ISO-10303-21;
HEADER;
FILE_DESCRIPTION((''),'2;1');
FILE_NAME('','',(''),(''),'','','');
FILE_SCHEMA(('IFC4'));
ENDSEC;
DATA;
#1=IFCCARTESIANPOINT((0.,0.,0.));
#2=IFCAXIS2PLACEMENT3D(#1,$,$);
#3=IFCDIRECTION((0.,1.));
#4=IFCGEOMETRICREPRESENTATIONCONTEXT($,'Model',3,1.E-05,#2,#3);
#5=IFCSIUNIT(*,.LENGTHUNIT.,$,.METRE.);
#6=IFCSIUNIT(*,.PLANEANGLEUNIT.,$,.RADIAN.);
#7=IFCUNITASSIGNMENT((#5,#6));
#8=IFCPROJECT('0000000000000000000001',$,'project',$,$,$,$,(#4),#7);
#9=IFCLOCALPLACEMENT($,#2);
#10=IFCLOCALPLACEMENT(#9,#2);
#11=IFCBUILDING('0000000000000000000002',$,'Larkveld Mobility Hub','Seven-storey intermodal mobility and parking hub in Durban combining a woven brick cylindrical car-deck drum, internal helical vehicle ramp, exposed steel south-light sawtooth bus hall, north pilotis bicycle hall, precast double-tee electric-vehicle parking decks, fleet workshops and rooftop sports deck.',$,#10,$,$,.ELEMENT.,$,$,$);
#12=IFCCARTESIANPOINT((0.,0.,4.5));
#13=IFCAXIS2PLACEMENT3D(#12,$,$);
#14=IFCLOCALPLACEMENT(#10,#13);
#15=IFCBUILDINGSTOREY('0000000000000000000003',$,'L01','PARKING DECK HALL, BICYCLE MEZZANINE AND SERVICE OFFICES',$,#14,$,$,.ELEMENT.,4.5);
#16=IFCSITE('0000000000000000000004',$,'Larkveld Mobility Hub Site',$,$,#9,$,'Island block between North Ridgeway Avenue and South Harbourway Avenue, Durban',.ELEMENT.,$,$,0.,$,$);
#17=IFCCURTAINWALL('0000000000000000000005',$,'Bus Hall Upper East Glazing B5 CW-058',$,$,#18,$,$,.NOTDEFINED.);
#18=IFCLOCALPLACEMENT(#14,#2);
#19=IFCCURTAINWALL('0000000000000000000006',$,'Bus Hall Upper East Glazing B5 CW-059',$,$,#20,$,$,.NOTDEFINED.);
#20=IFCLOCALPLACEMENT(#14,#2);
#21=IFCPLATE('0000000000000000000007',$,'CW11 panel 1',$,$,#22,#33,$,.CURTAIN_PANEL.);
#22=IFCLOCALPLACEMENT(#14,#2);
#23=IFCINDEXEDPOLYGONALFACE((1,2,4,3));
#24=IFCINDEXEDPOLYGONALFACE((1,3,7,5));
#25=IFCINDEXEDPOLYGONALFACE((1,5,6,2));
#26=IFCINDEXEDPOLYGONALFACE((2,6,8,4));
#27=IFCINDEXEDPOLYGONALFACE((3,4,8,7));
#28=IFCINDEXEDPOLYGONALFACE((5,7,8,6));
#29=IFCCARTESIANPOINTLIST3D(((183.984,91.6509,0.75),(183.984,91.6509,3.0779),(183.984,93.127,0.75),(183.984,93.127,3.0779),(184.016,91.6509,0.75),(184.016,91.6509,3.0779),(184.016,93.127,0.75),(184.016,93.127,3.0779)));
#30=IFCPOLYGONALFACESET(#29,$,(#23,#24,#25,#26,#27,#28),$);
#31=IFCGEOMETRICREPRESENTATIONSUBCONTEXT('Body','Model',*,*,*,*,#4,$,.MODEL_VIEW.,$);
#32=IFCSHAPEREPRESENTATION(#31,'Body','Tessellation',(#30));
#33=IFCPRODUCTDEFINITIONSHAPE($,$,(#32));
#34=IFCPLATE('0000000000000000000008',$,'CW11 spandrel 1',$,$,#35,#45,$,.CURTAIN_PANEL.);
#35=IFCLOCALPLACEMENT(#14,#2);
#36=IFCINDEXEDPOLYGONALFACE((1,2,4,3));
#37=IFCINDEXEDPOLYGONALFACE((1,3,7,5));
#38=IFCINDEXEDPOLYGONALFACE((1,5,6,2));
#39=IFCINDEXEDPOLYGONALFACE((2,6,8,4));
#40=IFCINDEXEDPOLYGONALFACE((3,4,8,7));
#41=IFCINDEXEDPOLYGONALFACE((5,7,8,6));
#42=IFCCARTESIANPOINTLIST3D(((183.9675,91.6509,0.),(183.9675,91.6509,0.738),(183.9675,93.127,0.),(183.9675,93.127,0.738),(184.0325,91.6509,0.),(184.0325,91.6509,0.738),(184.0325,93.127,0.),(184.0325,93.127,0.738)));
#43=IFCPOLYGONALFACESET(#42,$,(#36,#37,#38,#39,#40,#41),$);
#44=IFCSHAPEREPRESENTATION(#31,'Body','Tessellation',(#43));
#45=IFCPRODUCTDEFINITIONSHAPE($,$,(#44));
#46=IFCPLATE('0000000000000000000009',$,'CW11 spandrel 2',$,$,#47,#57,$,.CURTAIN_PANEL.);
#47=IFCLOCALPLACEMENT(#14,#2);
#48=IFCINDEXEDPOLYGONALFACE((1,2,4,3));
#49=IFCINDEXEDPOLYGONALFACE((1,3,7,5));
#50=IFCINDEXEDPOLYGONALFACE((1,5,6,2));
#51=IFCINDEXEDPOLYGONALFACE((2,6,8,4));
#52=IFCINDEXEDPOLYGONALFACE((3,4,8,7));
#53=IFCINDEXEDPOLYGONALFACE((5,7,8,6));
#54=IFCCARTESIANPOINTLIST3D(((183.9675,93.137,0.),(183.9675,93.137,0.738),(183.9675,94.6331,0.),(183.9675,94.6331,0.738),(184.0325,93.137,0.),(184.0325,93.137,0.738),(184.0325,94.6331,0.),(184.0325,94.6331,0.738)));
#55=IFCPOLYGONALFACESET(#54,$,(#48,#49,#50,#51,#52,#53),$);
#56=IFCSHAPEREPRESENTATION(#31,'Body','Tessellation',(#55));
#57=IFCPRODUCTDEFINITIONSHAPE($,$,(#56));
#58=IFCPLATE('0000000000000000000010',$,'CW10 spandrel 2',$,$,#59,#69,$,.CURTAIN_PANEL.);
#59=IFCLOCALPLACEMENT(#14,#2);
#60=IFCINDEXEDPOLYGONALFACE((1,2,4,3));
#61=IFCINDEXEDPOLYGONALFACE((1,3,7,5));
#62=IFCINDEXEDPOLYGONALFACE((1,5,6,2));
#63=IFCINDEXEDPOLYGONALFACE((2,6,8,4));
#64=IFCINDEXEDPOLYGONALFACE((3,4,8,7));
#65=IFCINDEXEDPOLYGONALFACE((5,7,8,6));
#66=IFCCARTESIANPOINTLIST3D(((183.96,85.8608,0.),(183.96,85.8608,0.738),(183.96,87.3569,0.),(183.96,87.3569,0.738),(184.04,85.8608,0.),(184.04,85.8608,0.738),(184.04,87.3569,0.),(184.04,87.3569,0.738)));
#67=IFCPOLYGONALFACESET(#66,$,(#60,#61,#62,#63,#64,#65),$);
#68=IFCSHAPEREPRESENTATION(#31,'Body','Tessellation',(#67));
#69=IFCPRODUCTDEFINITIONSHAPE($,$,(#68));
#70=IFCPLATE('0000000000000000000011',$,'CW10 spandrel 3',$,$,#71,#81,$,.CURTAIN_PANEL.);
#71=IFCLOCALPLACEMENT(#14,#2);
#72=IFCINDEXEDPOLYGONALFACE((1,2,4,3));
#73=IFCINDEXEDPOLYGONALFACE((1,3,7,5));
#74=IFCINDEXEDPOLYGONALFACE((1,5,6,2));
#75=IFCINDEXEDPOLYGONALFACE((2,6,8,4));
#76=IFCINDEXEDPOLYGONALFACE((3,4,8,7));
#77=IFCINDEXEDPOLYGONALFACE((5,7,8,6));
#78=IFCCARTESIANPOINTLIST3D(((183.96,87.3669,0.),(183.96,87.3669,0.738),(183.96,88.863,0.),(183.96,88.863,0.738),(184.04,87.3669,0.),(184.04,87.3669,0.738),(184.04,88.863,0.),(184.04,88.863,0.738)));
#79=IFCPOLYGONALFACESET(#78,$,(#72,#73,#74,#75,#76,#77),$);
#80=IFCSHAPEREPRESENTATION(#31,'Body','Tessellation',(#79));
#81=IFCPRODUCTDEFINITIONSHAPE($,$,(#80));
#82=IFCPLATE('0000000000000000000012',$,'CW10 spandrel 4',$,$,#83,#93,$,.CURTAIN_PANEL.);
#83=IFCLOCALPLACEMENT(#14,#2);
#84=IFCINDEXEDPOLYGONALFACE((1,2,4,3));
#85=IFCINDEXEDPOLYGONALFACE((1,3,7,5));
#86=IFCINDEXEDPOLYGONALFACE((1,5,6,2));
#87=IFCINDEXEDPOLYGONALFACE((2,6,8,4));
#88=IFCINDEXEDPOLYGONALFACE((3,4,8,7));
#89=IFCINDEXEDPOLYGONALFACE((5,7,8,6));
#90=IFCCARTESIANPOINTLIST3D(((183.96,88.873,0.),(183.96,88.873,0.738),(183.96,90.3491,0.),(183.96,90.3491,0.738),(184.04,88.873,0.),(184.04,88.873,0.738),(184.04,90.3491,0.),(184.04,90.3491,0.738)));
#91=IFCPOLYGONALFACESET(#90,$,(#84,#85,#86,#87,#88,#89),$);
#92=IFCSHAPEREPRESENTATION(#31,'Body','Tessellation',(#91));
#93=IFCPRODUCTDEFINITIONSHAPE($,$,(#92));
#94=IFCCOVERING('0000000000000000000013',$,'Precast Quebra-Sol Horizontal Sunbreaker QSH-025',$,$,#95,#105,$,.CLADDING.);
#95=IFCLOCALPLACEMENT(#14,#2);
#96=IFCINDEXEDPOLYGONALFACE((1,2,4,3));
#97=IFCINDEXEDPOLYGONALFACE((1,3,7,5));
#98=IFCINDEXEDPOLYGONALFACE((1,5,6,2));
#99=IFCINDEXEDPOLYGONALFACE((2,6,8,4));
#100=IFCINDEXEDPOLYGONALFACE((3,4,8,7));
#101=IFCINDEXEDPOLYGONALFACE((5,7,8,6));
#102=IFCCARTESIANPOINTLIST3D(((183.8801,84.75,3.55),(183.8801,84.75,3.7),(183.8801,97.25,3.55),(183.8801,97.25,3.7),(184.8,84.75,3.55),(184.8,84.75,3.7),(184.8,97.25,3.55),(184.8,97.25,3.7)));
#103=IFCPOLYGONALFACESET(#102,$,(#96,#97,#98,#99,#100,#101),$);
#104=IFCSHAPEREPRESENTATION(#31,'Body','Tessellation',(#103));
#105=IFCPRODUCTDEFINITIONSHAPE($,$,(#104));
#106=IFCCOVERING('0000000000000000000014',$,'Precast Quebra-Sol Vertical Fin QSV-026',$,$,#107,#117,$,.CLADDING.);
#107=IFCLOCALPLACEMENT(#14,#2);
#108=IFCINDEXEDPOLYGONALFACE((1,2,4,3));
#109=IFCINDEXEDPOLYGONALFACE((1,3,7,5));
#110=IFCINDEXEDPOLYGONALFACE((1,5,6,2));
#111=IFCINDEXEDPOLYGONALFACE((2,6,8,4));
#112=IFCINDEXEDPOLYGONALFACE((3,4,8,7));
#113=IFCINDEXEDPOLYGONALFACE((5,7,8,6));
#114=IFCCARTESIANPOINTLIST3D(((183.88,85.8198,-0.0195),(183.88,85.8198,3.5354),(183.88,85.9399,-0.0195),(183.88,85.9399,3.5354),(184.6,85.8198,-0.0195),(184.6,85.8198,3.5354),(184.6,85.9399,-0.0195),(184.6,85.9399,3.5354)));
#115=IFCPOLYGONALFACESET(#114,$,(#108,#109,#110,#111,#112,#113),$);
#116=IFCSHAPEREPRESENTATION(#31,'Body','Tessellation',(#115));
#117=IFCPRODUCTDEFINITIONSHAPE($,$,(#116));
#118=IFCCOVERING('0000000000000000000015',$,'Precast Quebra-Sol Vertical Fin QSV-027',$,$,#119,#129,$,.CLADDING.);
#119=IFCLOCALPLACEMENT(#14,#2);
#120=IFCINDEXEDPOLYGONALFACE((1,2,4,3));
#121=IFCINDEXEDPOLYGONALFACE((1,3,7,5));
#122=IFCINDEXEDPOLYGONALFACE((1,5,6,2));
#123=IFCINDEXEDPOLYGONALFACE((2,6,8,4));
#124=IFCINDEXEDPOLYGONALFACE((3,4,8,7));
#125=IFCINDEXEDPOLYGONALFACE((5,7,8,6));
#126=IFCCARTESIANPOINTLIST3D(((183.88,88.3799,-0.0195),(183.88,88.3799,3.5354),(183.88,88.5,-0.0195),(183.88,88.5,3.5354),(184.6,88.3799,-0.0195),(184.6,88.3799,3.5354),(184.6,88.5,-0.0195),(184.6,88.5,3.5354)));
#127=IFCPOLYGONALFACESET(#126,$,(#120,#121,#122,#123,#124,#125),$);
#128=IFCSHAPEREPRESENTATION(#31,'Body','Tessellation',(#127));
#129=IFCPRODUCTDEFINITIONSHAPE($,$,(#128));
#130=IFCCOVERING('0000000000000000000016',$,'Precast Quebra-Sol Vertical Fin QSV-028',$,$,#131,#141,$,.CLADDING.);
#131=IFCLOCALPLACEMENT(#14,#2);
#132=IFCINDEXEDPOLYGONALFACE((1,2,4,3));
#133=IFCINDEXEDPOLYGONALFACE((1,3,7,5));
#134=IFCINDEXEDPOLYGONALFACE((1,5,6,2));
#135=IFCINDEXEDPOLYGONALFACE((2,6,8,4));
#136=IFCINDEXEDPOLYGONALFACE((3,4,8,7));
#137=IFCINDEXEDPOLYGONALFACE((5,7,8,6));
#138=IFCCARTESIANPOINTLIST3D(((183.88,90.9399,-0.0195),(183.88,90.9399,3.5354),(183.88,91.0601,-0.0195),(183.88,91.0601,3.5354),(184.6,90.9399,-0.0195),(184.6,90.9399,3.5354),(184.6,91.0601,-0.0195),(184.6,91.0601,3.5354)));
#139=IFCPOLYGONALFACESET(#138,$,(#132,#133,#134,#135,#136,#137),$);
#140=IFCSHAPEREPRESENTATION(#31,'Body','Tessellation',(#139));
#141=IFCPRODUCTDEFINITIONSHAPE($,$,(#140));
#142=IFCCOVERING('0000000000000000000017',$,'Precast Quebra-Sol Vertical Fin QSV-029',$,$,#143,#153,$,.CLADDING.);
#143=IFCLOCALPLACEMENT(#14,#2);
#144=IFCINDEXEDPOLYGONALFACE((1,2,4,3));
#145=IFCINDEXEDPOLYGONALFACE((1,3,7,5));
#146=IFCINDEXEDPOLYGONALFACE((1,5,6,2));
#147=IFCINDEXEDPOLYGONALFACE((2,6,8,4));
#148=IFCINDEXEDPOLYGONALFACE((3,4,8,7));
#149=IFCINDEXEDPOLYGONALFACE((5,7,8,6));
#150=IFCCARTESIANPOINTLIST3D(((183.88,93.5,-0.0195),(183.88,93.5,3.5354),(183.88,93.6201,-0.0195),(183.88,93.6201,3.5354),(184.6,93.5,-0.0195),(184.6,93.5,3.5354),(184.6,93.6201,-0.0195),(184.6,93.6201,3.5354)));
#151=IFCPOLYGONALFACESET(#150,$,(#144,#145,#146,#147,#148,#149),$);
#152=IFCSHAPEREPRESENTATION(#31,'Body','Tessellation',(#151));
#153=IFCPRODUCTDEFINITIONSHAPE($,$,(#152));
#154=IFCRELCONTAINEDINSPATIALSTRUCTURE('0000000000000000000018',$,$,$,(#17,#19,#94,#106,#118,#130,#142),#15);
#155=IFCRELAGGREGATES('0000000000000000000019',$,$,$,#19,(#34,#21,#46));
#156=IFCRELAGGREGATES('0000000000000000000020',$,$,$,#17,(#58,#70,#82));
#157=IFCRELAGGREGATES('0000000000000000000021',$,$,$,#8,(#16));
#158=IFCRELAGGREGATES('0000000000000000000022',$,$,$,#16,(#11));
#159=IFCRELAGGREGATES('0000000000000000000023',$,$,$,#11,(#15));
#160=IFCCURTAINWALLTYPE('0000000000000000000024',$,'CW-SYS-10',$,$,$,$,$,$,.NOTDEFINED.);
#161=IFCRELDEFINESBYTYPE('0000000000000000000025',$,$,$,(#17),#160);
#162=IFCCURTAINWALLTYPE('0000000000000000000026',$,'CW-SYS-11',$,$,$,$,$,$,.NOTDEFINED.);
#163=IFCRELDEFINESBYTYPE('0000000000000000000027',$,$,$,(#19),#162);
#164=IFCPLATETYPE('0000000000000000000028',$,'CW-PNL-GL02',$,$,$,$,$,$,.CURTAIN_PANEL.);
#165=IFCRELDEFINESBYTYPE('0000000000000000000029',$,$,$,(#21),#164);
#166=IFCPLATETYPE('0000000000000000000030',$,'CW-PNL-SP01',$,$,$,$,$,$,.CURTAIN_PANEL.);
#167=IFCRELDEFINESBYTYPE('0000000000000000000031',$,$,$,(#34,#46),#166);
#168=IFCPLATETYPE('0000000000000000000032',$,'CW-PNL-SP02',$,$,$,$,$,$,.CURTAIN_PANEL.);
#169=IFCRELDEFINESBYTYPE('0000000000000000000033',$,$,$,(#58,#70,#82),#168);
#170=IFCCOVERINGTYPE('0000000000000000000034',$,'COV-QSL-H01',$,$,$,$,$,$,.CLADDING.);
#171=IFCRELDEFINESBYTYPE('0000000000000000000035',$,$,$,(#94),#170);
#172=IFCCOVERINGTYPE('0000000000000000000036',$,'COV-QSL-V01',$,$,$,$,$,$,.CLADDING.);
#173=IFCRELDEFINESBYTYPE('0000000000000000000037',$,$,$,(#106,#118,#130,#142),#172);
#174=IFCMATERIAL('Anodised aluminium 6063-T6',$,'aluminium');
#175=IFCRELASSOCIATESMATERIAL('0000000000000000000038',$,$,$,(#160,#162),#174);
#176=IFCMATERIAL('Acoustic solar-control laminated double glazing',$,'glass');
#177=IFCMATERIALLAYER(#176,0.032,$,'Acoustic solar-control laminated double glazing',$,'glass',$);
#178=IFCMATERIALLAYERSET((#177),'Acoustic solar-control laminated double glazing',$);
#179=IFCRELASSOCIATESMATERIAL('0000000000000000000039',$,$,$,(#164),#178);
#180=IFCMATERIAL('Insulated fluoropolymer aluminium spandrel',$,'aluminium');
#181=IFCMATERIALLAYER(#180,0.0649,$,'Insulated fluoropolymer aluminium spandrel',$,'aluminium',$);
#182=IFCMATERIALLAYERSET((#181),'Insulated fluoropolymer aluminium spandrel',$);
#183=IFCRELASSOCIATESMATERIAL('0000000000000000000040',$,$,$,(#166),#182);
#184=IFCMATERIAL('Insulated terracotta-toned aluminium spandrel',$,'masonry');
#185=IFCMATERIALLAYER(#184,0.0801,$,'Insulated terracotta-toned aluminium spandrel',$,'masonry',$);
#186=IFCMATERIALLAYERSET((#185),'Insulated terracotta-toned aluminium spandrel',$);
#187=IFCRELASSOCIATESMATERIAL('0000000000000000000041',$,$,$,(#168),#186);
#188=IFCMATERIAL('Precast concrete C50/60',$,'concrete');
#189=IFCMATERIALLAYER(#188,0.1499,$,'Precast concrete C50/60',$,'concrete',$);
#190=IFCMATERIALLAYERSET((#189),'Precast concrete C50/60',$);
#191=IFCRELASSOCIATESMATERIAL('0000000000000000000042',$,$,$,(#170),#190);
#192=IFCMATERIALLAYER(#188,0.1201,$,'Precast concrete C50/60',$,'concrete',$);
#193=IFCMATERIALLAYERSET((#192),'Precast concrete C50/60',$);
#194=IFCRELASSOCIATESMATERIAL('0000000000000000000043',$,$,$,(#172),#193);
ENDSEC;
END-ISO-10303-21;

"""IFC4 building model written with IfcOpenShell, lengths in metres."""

from ifc_helpers import new_model, si_unit, direction, frame, origin, origin_2d, place, context, subcontext, project, spatial, rectangle, extrude, material, layer, layer_set, type_object, element, aggregate, save


model = new_model("IFC4")

# Units and contexts
model_context = context("Model", 3, precision=1e-05, world=origin(), true_north=direction((0.0, 1.0)))
body_context = subcontext(model_context, "Body", "Model", "MODEL_VIEW")
ifc_project = project(units=[si_unit("LENGTHUNIT", "METRE"), si_unit("PLANEANGLEUNIT", "RADIAN")], contexts=[model_context])

# Site, building, storey
site_placement = place(None, origin())
site = spatial("IfcSite", under=ifc_project, at=site_placement, Name="Larkveld Mobility Hub Site", LongName="Island block between North Ridgeway Avenue and South Harbourway Avenue, Durban", CompositionType="ELEMENT", RefElevation=0.0)
building_placement = place(site_placement, origin())
building = spatial("IfcBuilding", under=site, at=building_placement, Name="Larkveld Mobility Hub", Description="Seven-storey intermodal mobility and parking hub in Durban combining a woven brick cylindrical car-deck drum, internal helical vehicle ramp, exposed steel south-light sawtooth bus hall, north pilotis bicycle hall, precast double-tee electric-vehicle parking decks, fleet workshops and rooftop sports deck.", CompositionType="ELEMENT")
storey_placement = place(building_placement, frame((0.0, 0.0, 4.5)))
storey = spatial("IfcBuildingStorey", under=building, at=storey_placement, Name="L01", Description="PARKING DECK HALL, BICYCLE MEZZANINE AND SERVICE OFFICES", CompositionType="ELEMENT", Elevation=4.5)

# Curtain walls
ifc_material_1 = material(Name="Anodised aluminium 6063-T6", Category="aluminium")
curtain_wall_type_1 = type_object("IfcCurtainWallType", Name="CW-SYS-10", PredefinedType="NOTDEFINED", material=ifc_material_1)
curtain_wall_1_placement = place(storey_placement, origin())
curtain_wall_1 = element("IfcCurtainWall", 1, at=curtain_wall_1_placement, inside=storey, type_object=curtain_wall_type_1, Name="Bus Hall Upper East Glazing B5 CW-058", PredefinedType="NOTDEFINED")
curtain_wall_type_2 = type_object("IfcCurtainWallType", Name="CW-SYS-11", PredefinedType="NOTDEFINED", material=ifc_material_1)
curtain_wall_2_placement = place(storey_placement, origin())
curtain_wall_2 = element("IfcCurtainWall", 2, at=curtain_wall_2_placement, inside=storey, type_object=curtain_wall_type_2, Name="Bus Hall Upper East Glazing B5 CW-059", PredefinedType="NOTDEFINED")

# Plates
ifc_material_2 = material(Name="Acoustic solar-control laminated double glazing", Category="glass")
ifc_layer_1 = layer(ifc_material_2, 0.032, Name="Acoustic solar-control laminated double glazing", Category="glass")
ifc_layer_set_1 = layer_set([ifc_layer_1], Name="Acoustic solar-control laminated double glazing")
plate_type_1 = type_object("IfcPlateType", Name="CW-PNL-GL02", PredefinedType="CURTAIN_PANEL", material=ifc_layer_set_1)
plate_1_placement = place(storey_placement, frame((184.0, 92.3889, 0.75), z_axis=(0.0, 0.0, 1.0), x_axis=(0.0, 1.0, 0.0)))
plate_1 = element("IfcPlate", 3, at=plate_1_placement, type_object=plate_type_1, Name="CW11 panel 1", PredefinedType="CURTAIN_PANEL", context=body_context, shape_type="SweptSolid", body=[
    extrude(rectangle(XDim=1.4761, YDim=0.032, at=origin_2d()), origin(), (0.0, 0.0, 1.0), 2.3279),
])
ifc_material_3 = material(Name="Insulated fluoropolymer aluminium spandrel", Category="aluminium")
ifc_layer_2 = layer(ifc_material_3, 0.0649, Name="Insulated fluoropolymer aluminium spandrel", Category="aluminium")
ifc_layer_set_2 = layer_set([ifc_layer_2], Name="Insulated fluoropolymer aluminium spandrel")
plate_type_2 = type_object("IfcPlateType", Name="CW-PNL-SP01", PredefinedType="CURTAIN_PANEL", material=ifc_layer_set_2)
plate_2_placement = place(storey_placement, frame((184.0, 92.3889, 0.0), z_axis=(0.0, 0.0, 1.0), x_axis=(0.0, 1.0, 0.0)))
plate_2 = element("IfcPlate", 4, at=plate_2_placement, type_object=plate_type_2, Name="CW11 spandrel 1", PredefinedType="CURTAIN_PANEL", context=body_context, shape_type="SweptSolid", body=[
    extrude(rectangle(XDim=1.4761, YDim=0.0649, at=origin_2d()), origin(), (0.0, 0.0, 1.0), 0.738),
])
plate_3_placement = place(storey_placement, frame((184.0, 93.885, 0.0), z_axis=(0.0, 0.0, 1.0), x_axis=(0.0, 1.0, 0.0)))
plate_3 = element("IfcPlate", 5, at=plate_3_placement, type_object=plate_type_2, Name="CW11 spandrel 2", PredefinedType="CURTAIN_PANEL", context=body_context, shape_type="SweptSolid", body=[
    extrude(rectangle(XDim=1.4961, YDim=0.0649, at=origin_2d()), origin(), (0.0, 0.0, 1.0), 0.738),
])
aggregate(curtain_wall_2, [plate_2, plate_1, plate_3])
ifc_material_4 = material(Name="Insulated terracotta-toned aluminium spandrel", Category="masonry")
ifc_layer_3 = layer(ifc_material_4, 0.0801, Name="Insulated terracotta-toned aluminium spandrel", Category="masonry")
ifc_layer_set_3 = layer_set([ifc_layer_3], Name="Insulated terracotta-toned aluminium spandrel")
plate_type_3 = type_object("IfcPlateType", Name="CW-PNL-SP02", PredefinedType="CURTAIN_PANEL", material=ifc_layer_set_3)
plate_4_placement = place(storey_placement, frame((184.0, 86.6089, 0.0), z_axis=(0.0, 0.0, 1.0), x_axis=(0.0, 1.0, 0.0)))
plate_4 = element("IfcPlate", 6, at=plate_4_placement, type_object=plate_type_3, Name="CW10 spandrel 2", PredefinedType="CURTAIN_PANEL", context=body_context, shape_type="SweptSolid", body=[
    extrude(rectangle(XDim=1.4961, YDim=0.0801, at=origin_2d()), origin(), (0.0, 0.0, 1.0), 0.738),
])
plate_5_placement = place(storey_placement, frame((184.0, 88.115, 0.0), z_axis=(0.0, 0.0, 1.0), x_axis=(0.0, 1.0, 0.0)))
plate_5 = element("IfcPlate", 7, at=plate_5_placement, type_object=plate_type_3, Name="CW10 spandrel 3", PredefinedType="CURTAIN_PANEL", context=body_context, shape_type="SweptSolid", body=[
    extrude(rectangle(XDim=1.4961, YDim=0.0801, at=origin_2d()), origin(), (0.0, 0.0, 1.0), 0.738),
])
plate_6_placement = place(storey_placement, frame((184.0, 89.6111, 0.0), z_axis=(0.0, 0.0, 1.0), x_axis=(0.0, 1.0, 0.0)))
plate_6 = element("IfcPlate", 8, at=plate_6_placement, type_object=plate_type_3, Name="CW10 spandrel 4", PredefinedType="CURTAIN_PANEL", context=body_context, shape_type="SweptSolid", body=[
    extrude(rectangle(XDim=1.4761, YDim=0.0801, at=origin_2d()), origin(), (0.0, 0.0, 1.0), 0.738),
])
aggregate(curtain_wall_1, [plate_4, plate_5, plate_6])

# Coverings
ifc_material_5 = material(Name="Precast concrete C50/60", Category="concrete")
ifc_layer_4 = layer(ifc_material_5, 0.1499, Name="Precast concrete C50/60", Category="concrete")
ifc_layer_set_4 = layer_set([ifc_layer_4], Name="Precast concrete C50/60")
covering_type_1 = type_object("IfcCoveringType", Name="COV-QSL-H01", PredefinedType="CLADDING", material=ifc_layer_set_4)
covering_placement = place(storey_placement, frame((184.3401, 91.0, 3.55), z_axis=(0.0, 0.0, 1.0), x_axis=(0.0, 1.0, 0.0)))
element("IfcCovering", 9, at=covering_placement, inside=storey, type_object=covering_type_1, Name="Precast Quebra-Sol Horizontal Sunbreaker QSH-025", PredefinedType="CLADDING", context=body_context, shape_type="SweptSolid", body=[
    extrude(rectangle(XDim=12.5, YDim=0.9199, at=origin_2d()), origin(), (0.0, 0.0, 1.0), 0.1499),
])
ifc_layer_5 = layer(ifc_material_5, 0.1201, Name="Precast concrete C50/60", Category="concrete")
ifc_layer_set_5 = layer_set([ifc_layer_5], Name="Precast concrete C50/60")
covering_type_2 = type_object("IfcCoveringType", Name="COV-QSL-V01", PredefinedType="CLADDING", material=ifc_layer_set_5)
for number, where, z_axis, x_axis, name in (
    (10, (184.24, 85.8799, -0.0195), (0.0, 0.0, 1.0), (0.0, 1.0, 0.0), "Precast Quebra-Sol Vertical Fin QSV-026"),
    (11, (184.24, 88.4399, -0.0195), (0.0, 0.0, 1.0), (0.0, 1.0, 0.0), "Precast Quebra-Sol Vertical Fin QSV-027"),
    (12, (184.24, 91.0, -0.0195), (0.0, 0.0, 1.0), (0.0, 1.0, 0.0), "Precast Quebra-Sol Vertical Fin QSV-028"),
    (13, (184.24, 93.5601, -0.0195), (0.0, 0.0, 1.0), (0.0, 1.0, 0.0), "Precast Quebra-Sol Vertical Fin QSV-029"),
):
    element("IfcCovering", number, at=place(storey_placement, frame(where, z_axis=z_axis, x_axis=x_axis)), inside=storey, type_object=covering_type_2, Name=name, PredefinedType="CLADDING", context=body_context, shape_type="SweptSolid", body=[
        extrude(rectangle(XDim=0.1201, YDim=0.72, at=origin_2d()), origin(), (0.0, 0.0, 1.0), 3.5549),
    ])

save(model, "model.ifc")
